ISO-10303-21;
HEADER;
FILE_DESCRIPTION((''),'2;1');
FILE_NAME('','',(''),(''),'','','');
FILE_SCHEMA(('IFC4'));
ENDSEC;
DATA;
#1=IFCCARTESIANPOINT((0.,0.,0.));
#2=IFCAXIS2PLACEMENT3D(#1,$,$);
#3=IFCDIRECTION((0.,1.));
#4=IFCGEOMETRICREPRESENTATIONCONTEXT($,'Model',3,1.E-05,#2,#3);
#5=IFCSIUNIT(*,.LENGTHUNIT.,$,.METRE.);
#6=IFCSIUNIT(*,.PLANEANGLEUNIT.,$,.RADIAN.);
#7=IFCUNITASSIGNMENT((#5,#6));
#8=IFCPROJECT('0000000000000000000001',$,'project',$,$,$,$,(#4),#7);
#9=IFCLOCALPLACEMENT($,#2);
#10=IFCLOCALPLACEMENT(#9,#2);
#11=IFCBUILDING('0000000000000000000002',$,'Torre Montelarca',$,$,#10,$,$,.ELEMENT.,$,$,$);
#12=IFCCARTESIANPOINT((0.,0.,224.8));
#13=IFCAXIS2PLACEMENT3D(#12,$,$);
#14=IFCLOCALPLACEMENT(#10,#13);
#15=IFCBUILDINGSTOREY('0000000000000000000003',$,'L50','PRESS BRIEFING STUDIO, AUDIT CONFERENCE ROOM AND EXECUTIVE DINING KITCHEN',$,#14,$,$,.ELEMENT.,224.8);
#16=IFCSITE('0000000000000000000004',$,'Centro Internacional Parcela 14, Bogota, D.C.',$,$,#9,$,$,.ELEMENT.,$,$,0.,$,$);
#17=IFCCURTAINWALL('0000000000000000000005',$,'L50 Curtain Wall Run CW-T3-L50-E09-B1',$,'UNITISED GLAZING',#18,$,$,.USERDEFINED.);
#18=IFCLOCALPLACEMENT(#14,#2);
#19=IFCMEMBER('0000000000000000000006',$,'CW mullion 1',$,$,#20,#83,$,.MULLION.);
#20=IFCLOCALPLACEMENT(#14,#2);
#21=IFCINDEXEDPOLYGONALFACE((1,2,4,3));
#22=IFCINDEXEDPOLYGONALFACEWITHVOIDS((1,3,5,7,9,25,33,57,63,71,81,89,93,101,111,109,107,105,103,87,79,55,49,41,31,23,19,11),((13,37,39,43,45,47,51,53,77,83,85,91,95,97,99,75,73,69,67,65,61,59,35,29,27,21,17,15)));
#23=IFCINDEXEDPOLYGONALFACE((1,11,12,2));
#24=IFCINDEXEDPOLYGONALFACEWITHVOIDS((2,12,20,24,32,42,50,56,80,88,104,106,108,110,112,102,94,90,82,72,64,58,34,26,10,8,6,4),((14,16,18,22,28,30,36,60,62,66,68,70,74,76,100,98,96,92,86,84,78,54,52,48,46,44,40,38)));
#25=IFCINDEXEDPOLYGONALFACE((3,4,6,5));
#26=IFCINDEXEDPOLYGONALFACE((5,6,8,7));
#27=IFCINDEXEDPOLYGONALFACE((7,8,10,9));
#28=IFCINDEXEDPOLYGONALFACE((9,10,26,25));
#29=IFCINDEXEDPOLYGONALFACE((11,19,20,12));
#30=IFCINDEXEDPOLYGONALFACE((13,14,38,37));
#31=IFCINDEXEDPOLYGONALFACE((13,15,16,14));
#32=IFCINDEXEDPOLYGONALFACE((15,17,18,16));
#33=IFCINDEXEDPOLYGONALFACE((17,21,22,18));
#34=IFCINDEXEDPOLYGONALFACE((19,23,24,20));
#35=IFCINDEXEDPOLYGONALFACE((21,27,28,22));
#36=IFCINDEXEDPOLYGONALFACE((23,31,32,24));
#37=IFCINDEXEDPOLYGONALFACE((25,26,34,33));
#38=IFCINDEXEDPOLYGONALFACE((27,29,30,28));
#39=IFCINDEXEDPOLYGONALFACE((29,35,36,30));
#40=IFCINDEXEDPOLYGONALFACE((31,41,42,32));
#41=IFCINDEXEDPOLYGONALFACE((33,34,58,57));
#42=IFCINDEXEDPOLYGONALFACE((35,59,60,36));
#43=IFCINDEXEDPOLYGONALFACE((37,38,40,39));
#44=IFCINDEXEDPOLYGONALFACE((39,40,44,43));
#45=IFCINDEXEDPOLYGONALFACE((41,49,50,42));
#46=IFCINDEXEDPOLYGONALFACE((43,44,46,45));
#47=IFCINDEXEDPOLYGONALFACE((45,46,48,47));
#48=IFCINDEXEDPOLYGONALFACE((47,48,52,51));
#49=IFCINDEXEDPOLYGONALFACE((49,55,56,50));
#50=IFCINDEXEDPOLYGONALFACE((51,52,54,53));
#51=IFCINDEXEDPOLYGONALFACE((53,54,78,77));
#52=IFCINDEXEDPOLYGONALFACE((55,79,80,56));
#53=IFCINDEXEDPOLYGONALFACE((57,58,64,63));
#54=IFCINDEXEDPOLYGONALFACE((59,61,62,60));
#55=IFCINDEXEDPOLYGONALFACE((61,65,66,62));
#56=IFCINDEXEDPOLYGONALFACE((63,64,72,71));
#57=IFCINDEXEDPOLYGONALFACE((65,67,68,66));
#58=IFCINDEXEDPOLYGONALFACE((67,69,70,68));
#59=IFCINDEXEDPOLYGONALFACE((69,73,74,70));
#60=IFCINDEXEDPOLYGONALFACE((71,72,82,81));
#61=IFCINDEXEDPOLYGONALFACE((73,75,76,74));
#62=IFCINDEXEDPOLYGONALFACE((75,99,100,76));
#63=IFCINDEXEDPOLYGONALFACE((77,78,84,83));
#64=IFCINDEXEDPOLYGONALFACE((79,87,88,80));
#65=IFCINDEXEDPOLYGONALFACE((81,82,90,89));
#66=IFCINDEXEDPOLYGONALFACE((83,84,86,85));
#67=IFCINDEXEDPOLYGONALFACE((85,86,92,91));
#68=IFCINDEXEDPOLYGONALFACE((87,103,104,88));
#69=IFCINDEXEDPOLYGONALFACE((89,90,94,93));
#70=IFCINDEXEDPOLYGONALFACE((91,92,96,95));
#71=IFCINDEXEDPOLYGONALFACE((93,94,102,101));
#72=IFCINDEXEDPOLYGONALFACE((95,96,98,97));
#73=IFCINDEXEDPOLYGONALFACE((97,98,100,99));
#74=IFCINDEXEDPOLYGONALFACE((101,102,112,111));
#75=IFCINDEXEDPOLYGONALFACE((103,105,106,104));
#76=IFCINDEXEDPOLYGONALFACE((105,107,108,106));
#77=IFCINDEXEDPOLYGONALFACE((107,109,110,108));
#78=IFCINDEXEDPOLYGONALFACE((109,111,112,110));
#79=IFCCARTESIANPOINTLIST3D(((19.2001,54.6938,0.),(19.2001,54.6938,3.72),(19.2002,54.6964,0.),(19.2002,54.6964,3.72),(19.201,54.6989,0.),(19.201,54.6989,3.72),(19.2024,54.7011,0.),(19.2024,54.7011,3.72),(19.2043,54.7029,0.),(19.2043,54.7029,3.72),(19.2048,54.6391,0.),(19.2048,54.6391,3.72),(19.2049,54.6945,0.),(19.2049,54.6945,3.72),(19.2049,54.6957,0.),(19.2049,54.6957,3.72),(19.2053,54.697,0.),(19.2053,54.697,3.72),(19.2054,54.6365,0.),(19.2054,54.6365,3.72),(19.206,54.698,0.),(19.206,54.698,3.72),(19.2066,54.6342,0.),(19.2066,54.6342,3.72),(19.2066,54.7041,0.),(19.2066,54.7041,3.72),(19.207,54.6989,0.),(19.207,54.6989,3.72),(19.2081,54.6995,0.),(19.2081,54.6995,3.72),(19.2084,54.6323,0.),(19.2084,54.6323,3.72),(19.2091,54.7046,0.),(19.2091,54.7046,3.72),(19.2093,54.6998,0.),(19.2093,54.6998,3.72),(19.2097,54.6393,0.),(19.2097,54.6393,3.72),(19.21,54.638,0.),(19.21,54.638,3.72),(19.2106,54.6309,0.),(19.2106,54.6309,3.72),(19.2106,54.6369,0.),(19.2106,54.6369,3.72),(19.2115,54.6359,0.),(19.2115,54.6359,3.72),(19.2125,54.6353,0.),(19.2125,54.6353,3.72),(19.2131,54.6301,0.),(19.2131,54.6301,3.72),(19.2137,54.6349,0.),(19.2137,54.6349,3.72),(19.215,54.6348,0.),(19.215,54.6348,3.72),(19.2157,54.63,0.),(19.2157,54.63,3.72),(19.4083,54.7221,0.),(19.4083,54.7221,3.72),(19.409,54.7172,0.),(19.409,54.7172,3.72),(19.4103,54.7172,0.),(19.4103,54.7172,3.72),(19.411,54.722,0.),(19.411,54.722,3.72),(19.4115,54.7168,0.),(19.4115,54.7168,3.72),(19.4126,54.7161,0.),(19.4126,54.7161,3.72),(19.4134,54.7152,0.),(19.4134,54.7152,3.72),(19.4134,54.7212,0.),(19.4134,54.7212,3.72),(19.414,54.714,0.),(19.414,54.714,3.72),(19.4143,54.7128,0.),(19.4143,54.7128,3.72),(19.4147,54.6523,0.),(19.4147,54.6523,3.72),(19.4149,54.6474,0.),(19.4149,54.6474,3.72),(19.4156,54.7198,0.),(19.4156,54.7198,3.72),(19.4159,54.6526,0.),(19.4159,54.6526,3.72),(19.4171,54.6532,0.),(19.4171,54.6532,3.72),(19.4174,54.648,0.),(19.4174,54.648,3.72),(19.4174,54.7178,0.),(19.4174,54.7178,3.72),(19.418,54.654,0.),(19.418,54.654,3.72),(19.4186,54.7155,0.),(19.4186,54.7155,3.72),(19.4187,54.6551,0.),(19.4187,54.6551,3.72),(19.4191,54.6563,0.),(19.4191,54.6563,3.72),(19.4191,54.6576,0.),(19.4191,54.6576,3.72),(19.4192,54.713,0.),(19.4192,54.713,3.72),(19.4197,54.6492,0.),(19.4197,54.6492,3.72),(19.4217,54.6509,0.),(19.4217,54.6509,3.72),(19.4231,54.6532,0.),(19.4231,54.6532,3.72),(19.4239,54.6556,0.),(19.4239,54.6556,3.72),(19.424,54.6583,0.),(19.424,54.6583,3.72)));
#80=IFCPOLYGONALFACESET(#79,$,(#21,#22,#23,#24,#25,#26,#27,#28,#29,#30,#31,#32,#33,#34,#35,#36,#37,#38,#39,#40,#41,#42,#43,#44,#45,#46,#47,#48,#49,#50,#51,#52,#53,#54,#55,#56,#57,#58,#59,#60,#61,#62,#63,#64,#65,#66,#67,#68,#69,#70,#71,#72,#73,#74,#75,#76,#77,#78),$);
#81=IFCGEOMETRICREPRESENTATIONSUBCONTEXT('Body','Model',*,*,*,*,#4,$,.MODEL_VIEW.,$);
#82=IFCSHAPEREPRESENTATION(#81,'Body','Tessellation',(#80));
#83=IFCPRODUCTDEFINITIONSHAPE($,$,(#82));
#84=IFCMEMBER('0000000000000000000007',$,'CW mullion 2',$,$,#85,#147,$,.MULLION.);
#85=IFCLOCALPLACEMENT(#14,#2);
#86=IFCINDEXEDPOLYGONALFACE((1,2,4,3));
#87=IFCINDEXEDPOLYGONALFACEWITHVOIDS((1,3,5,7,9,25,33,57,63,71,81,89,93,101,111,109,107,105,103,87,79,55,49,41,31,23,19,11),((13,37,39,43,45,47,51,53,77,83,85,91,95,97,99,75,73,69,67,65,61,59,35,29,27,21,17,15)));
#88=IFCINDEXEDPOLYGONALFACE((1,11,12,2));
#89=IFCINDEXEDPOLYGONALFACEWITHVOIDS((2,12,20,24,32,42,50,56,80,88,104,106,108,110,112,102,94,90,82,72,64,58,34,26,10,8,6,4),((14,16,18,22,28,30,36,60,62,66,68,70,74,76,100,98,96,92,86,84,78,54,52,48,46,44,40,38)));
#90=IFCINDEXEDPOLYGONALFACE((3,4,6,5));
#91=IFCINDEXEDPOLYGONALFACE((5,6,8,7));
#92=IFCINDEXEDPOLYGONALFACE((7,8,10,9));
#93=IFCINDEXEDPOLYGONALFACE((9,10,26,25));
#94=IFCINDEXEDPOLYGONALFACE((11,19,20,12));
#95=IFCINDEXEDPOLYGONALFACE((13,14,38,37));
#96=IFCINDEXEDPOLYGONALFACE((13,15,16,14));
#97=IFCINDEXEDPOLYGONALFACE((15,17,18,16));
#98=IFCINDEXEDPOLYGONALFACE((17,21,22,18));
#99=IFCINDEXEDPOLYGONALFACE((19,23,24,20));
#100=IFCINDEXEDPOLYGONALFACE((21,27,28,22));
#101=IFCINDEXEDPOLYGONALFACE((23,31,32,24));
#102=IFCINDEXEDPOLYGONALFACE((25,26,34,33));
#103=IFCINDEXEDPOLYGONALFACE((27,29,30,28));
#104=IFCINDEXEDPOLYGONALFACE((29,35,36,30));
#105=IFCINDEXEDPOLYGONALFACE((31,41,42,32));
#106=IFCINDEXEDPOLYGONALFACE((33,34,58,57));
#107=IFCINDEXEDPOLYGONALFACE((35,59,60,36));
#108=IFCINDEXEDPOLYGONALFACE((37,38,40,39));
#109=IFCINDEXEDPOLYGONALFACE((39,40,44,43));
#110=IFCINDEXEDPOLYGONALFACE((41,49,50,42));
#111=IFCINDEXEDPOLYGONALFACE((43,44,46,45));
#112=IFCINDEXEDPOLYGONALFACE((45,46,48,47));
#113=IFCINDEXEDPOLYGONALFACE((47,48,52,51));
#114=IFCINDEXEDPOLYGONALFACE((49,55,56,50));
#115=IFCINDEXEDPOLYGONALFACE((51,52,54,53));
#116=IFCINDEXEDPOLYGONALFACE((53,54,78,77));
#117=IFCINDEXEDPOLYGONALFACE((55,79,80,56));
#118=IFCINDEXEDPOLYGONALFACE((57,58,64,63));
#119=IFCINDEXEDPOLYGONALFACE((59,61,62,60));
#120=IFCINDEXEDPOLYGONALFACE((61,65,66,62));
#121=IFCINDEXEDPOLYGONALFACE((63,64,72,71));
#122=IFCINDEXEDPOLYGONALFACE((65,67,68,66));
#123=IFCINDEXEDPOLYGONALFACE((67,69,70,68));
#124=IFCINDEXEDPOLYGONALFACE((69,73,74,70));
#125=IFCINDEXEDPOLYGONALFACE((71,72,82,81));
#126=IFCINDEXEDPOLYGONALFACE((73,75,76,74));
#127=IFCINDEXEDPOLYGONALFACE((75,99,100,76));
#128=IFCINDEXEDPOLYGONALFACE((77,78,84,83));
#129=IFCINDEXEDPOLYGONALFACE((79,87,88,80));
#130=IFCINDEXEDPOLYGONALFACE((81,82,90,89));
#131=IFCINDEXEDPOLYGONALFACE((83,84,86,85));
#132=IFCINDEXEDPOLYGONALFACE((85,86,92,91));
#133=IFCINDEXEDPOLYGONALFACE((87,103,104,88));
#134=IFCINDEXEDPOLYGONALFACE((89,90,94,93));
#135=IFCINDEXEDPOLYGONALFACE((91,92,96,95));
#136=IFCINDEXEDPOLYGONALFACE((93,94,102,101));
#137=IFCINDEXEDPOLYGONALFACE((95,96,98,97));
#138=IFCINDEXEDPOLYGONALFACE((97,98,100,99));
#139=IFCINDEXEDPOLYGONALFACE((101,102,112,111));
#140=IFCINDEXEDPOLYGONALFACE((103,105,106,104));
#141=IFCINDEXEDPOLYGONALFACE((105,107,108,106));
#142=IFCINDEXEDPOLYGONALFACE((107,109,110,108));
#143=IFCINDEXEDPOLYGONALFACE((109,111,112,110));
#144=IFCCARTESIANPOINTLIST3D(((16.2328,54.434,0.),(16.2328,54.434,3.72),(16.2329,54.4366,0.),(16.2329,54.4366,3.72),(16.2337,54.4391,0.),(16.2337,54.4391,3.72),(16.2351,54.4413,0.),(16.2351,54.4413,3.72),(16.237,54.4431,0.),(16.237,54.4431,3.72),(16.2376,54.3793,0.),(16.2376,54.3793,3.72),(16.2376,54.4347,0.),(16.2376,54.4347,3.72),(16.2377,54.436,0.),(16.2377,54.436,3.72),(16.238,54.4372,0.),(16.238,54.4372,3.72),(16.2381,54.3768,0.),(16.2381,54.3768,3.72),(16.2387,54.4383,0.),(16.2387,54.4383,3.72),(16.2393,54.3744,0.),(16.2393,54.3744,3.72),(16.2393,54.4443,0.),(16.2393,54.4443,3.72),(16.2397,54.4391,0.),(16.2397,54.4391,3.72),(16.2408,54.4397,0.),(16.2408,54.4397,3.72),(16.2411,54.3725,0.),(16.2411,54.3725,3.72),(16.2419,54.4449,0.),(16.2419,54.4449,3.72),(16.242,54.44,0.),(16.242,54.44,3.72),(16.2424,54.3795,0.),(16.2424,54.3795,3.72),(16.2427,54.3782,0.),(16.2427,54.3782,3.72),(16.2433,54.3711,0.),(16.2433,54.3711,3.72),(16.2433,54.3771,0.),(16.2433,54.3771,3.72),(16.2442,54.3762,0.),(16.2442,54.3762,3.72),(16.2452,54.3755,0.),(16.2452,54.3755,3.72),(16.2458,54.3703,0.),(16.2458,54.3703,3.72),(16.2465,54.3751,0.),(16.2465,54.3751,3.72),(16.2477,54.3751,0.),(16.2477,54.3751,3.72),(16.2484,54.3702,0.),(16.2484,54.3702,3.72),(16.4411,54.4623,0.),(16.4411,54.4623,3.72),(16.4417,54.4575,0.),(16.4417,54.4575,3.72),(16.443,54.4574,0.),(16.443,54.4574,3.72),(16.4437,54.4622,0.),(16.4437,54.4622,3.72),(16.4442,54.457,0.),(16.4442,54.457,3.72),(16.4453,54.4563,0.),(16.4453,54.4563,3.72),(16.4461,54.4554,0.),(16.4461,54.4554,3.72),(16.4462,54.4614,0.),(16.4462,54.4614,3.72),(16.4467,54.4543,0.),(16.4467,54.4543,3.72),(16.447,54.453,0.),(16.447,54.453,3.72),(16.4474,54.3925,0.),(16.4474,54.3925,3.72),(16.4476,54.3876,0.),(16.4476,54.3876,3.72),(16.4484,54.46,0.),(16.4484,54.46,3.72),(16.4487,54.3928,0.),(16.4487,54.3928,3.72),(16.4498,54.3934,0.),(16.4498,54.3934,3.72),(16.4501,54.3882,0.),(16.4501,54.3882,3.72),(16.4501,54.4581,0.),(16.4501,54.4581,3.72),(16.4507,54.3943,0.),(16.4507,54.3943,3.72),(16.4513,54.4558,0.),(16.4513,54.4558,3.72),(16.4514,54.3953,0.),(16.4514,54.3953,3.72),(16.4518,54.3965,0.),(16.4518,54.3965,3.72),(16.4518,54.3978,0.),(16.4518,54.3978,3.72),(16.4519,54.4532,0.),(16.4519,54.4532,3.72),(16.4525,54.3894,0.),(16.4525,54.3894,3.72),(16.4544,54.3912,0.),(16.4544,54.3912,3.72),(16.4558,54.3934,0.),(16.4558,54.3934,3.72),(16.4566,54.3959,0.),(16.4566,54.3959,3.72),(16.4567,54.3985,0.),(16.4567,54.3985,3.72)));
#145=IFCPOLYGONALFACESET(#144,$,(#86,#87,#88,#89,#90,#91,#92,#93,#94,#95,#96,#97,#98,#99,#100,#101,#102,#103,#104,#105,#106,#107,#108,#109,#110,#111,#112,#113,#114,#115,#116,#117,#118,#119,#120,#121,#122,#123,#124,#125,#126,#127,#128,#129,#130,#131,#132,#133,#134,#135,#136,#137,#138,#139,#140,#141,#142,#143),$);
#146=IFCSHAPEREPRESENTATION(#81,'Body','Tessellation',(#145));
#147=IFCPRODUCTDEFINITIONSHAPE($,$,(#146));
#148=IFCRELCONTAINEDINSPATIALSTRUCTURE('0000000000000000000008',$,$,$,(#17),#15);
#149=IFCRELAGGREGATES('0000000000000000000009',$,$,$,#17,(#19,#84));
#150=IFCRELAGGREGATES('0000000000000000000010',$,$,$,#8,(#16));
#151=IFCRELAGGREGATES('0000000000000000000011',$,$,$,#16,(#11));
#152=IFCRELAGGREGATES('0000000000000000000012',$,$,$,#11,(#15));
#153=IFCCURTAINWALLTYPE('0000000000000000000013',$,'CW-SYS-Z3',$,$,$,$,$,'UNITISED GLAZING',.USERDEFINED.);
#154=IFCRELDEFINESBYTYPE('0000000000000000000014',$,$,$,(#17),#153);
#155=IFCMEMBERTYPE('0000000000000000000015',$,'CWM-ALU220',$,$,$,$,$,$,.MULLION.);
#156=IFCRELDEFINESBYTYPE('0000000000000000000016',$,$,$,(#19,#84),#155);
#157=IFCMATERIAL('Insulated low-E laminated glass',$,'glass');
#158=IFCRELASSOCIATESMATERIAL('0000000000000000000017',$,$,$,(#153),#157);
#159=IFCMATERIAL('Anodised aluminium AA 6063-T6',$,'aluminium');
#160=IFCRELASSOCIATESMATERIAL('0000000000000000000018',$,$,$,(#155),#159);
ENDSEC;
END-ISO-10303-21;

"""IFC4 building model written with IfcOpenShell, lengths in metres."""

from ifc_helpers import new_model, si_unit, direction, frame, origin, origin_2d, place, context, subcontext, project, spatial, hollow_rectangle, extrude, source, transform, mapped, material, material_profile, profile_set, type_object, element, aggregate, save


model = new_model("IFC4")

# Units and contexts
model_context = context("Model", 3, precision=1e-05, world=origin(), true_north=direction((0.0, 1.0)))
body_context = subcontext(model_context, "Body", "Model", "MODEL_VIEW")
ifc_project = project(units=[si_unit("LENGTHUNIT", "METRE"), si_unit("PLANEANGLEUNIT", "RADIAN")], contexts=[model_context])

# Site, building, storey
site_placement = place(None, origin())
site = spatial("IfcSite", under=ifc_project, at=site_placement, Name="Centro Internacional Parcela 14, Bogota, D.C.", CompositionType="ELEMENT", RefElevation=0.0)
building_placement = place(site_placement, origin())
building = spatial("IfcBuilding", under=site, at=building_placement, Name="Torre Montelarca", CompositionType="ELEMENT")
storey_placement = place(building_placement, frame((0.0, 0.0, 224.8)))
storey = spatial("IfcBuildingStorey", under=building, at=storey_placement, Name="L50", Description="PRESS BRIEFING STUDIO, AUDIT CONFERENCE ROOM AND EXECUTIVE DINING KITCHEN", CompositionType="ELEMENT", Elevation=224.8)

# Curtain wall
ifc_material_1 = material(Name="Insulated low-E laminated glass", Category="glass")
curtain_wall_type = type_object("IfcCurtainWallType", Name="CW-SYS-Z3", ElementType="UNITISED GLAZING", PredefinedType="USERDEFINED", material=ifc_material_1)
curtain_wall_1_placement = place(storey_placement, origin())
curtain_wall_1 = element("IfcCurtainWall", 1, at=curtain_wall_1_placement, inside=storey, type_object=curtain_wall_type, Name="L50 Curtain Wall Run CW-T3-L50-E09-B1", ObjectType="UNITISED GLAZING", PredefinedType="USERDEFINED")
ifc_material_2 = material(Name="Anodised aluminium AA 6063-T6", Category="aluminium")

# Members
ifc_material_profile_1 = material_profile(ifc_material_2, hollow_rectangle(XDim=0.075, YDim=0.22, WallThickness=0.0049, InnerFilletRadius=0.0049, OuterFilletRadius=0.01, at=origin_2d()), Name="ALU75X220X5", Category="aluminium")
ifc_profile_set_1 = profile_set([ifc_material_profile_1], Name="Anodised aluminium AA 6063-T6")
member_type_1 = type_object("IfcMemberType", Name="CWM-ALU220", PredefinedType="MULLION", material=ifc_profile_set_1)
shared_shape_1 = source(origin(), body_context, "Body", "SweptSolid", [
    extrude(hollow_rectangle(XDim=0.075, YDim=0.22, WallThickness=0.0049, InnerFilletRadius=0.0049, OuterFilletRadius=0.01, at=origin_2d()), origin(), (0.0, 0.0, 1.0), 3.72),
])
member_1_placement = place(storey_placement, frame((19.312, 54.676, 0.0), z_axis=(0.0, 0.0, 1.0), x_axis=(0.087183, -0.996192, 0.0)))
member_1 = element("IfcMember", 2, at=member_1_placement, type_object=member_type_1, Name="CW mullion 1", PredefinedType="MULLION", context=body_context, shape_type="MappedRepresentation", body=[
    mapped(shared_shape_1, transform((0.0, 0.0, 0.0), scale=1.0)),
])
member_2_placement = place(storey_placement, frame((16.3447, 54.4163, 0.0), z_axis=(0.0, 0.0, 1.0), x_axis=(0.087183, -0.996192, 0.0)))
member_2 = element("IfcMember", 3, at=member_2_placement, type_object=member_type_1, Name="CW mullion 2", PredefinedType="MULLION", context=body_context, shape_type="MappedRepresentation", body=[
    mapped(shared_shape_1, transform((0.0, 0.0, 0.0), scale=1.0)),
])

aggregate(curtain_wall_1, [member_1, member_2])

save(model, "model.ifc")
